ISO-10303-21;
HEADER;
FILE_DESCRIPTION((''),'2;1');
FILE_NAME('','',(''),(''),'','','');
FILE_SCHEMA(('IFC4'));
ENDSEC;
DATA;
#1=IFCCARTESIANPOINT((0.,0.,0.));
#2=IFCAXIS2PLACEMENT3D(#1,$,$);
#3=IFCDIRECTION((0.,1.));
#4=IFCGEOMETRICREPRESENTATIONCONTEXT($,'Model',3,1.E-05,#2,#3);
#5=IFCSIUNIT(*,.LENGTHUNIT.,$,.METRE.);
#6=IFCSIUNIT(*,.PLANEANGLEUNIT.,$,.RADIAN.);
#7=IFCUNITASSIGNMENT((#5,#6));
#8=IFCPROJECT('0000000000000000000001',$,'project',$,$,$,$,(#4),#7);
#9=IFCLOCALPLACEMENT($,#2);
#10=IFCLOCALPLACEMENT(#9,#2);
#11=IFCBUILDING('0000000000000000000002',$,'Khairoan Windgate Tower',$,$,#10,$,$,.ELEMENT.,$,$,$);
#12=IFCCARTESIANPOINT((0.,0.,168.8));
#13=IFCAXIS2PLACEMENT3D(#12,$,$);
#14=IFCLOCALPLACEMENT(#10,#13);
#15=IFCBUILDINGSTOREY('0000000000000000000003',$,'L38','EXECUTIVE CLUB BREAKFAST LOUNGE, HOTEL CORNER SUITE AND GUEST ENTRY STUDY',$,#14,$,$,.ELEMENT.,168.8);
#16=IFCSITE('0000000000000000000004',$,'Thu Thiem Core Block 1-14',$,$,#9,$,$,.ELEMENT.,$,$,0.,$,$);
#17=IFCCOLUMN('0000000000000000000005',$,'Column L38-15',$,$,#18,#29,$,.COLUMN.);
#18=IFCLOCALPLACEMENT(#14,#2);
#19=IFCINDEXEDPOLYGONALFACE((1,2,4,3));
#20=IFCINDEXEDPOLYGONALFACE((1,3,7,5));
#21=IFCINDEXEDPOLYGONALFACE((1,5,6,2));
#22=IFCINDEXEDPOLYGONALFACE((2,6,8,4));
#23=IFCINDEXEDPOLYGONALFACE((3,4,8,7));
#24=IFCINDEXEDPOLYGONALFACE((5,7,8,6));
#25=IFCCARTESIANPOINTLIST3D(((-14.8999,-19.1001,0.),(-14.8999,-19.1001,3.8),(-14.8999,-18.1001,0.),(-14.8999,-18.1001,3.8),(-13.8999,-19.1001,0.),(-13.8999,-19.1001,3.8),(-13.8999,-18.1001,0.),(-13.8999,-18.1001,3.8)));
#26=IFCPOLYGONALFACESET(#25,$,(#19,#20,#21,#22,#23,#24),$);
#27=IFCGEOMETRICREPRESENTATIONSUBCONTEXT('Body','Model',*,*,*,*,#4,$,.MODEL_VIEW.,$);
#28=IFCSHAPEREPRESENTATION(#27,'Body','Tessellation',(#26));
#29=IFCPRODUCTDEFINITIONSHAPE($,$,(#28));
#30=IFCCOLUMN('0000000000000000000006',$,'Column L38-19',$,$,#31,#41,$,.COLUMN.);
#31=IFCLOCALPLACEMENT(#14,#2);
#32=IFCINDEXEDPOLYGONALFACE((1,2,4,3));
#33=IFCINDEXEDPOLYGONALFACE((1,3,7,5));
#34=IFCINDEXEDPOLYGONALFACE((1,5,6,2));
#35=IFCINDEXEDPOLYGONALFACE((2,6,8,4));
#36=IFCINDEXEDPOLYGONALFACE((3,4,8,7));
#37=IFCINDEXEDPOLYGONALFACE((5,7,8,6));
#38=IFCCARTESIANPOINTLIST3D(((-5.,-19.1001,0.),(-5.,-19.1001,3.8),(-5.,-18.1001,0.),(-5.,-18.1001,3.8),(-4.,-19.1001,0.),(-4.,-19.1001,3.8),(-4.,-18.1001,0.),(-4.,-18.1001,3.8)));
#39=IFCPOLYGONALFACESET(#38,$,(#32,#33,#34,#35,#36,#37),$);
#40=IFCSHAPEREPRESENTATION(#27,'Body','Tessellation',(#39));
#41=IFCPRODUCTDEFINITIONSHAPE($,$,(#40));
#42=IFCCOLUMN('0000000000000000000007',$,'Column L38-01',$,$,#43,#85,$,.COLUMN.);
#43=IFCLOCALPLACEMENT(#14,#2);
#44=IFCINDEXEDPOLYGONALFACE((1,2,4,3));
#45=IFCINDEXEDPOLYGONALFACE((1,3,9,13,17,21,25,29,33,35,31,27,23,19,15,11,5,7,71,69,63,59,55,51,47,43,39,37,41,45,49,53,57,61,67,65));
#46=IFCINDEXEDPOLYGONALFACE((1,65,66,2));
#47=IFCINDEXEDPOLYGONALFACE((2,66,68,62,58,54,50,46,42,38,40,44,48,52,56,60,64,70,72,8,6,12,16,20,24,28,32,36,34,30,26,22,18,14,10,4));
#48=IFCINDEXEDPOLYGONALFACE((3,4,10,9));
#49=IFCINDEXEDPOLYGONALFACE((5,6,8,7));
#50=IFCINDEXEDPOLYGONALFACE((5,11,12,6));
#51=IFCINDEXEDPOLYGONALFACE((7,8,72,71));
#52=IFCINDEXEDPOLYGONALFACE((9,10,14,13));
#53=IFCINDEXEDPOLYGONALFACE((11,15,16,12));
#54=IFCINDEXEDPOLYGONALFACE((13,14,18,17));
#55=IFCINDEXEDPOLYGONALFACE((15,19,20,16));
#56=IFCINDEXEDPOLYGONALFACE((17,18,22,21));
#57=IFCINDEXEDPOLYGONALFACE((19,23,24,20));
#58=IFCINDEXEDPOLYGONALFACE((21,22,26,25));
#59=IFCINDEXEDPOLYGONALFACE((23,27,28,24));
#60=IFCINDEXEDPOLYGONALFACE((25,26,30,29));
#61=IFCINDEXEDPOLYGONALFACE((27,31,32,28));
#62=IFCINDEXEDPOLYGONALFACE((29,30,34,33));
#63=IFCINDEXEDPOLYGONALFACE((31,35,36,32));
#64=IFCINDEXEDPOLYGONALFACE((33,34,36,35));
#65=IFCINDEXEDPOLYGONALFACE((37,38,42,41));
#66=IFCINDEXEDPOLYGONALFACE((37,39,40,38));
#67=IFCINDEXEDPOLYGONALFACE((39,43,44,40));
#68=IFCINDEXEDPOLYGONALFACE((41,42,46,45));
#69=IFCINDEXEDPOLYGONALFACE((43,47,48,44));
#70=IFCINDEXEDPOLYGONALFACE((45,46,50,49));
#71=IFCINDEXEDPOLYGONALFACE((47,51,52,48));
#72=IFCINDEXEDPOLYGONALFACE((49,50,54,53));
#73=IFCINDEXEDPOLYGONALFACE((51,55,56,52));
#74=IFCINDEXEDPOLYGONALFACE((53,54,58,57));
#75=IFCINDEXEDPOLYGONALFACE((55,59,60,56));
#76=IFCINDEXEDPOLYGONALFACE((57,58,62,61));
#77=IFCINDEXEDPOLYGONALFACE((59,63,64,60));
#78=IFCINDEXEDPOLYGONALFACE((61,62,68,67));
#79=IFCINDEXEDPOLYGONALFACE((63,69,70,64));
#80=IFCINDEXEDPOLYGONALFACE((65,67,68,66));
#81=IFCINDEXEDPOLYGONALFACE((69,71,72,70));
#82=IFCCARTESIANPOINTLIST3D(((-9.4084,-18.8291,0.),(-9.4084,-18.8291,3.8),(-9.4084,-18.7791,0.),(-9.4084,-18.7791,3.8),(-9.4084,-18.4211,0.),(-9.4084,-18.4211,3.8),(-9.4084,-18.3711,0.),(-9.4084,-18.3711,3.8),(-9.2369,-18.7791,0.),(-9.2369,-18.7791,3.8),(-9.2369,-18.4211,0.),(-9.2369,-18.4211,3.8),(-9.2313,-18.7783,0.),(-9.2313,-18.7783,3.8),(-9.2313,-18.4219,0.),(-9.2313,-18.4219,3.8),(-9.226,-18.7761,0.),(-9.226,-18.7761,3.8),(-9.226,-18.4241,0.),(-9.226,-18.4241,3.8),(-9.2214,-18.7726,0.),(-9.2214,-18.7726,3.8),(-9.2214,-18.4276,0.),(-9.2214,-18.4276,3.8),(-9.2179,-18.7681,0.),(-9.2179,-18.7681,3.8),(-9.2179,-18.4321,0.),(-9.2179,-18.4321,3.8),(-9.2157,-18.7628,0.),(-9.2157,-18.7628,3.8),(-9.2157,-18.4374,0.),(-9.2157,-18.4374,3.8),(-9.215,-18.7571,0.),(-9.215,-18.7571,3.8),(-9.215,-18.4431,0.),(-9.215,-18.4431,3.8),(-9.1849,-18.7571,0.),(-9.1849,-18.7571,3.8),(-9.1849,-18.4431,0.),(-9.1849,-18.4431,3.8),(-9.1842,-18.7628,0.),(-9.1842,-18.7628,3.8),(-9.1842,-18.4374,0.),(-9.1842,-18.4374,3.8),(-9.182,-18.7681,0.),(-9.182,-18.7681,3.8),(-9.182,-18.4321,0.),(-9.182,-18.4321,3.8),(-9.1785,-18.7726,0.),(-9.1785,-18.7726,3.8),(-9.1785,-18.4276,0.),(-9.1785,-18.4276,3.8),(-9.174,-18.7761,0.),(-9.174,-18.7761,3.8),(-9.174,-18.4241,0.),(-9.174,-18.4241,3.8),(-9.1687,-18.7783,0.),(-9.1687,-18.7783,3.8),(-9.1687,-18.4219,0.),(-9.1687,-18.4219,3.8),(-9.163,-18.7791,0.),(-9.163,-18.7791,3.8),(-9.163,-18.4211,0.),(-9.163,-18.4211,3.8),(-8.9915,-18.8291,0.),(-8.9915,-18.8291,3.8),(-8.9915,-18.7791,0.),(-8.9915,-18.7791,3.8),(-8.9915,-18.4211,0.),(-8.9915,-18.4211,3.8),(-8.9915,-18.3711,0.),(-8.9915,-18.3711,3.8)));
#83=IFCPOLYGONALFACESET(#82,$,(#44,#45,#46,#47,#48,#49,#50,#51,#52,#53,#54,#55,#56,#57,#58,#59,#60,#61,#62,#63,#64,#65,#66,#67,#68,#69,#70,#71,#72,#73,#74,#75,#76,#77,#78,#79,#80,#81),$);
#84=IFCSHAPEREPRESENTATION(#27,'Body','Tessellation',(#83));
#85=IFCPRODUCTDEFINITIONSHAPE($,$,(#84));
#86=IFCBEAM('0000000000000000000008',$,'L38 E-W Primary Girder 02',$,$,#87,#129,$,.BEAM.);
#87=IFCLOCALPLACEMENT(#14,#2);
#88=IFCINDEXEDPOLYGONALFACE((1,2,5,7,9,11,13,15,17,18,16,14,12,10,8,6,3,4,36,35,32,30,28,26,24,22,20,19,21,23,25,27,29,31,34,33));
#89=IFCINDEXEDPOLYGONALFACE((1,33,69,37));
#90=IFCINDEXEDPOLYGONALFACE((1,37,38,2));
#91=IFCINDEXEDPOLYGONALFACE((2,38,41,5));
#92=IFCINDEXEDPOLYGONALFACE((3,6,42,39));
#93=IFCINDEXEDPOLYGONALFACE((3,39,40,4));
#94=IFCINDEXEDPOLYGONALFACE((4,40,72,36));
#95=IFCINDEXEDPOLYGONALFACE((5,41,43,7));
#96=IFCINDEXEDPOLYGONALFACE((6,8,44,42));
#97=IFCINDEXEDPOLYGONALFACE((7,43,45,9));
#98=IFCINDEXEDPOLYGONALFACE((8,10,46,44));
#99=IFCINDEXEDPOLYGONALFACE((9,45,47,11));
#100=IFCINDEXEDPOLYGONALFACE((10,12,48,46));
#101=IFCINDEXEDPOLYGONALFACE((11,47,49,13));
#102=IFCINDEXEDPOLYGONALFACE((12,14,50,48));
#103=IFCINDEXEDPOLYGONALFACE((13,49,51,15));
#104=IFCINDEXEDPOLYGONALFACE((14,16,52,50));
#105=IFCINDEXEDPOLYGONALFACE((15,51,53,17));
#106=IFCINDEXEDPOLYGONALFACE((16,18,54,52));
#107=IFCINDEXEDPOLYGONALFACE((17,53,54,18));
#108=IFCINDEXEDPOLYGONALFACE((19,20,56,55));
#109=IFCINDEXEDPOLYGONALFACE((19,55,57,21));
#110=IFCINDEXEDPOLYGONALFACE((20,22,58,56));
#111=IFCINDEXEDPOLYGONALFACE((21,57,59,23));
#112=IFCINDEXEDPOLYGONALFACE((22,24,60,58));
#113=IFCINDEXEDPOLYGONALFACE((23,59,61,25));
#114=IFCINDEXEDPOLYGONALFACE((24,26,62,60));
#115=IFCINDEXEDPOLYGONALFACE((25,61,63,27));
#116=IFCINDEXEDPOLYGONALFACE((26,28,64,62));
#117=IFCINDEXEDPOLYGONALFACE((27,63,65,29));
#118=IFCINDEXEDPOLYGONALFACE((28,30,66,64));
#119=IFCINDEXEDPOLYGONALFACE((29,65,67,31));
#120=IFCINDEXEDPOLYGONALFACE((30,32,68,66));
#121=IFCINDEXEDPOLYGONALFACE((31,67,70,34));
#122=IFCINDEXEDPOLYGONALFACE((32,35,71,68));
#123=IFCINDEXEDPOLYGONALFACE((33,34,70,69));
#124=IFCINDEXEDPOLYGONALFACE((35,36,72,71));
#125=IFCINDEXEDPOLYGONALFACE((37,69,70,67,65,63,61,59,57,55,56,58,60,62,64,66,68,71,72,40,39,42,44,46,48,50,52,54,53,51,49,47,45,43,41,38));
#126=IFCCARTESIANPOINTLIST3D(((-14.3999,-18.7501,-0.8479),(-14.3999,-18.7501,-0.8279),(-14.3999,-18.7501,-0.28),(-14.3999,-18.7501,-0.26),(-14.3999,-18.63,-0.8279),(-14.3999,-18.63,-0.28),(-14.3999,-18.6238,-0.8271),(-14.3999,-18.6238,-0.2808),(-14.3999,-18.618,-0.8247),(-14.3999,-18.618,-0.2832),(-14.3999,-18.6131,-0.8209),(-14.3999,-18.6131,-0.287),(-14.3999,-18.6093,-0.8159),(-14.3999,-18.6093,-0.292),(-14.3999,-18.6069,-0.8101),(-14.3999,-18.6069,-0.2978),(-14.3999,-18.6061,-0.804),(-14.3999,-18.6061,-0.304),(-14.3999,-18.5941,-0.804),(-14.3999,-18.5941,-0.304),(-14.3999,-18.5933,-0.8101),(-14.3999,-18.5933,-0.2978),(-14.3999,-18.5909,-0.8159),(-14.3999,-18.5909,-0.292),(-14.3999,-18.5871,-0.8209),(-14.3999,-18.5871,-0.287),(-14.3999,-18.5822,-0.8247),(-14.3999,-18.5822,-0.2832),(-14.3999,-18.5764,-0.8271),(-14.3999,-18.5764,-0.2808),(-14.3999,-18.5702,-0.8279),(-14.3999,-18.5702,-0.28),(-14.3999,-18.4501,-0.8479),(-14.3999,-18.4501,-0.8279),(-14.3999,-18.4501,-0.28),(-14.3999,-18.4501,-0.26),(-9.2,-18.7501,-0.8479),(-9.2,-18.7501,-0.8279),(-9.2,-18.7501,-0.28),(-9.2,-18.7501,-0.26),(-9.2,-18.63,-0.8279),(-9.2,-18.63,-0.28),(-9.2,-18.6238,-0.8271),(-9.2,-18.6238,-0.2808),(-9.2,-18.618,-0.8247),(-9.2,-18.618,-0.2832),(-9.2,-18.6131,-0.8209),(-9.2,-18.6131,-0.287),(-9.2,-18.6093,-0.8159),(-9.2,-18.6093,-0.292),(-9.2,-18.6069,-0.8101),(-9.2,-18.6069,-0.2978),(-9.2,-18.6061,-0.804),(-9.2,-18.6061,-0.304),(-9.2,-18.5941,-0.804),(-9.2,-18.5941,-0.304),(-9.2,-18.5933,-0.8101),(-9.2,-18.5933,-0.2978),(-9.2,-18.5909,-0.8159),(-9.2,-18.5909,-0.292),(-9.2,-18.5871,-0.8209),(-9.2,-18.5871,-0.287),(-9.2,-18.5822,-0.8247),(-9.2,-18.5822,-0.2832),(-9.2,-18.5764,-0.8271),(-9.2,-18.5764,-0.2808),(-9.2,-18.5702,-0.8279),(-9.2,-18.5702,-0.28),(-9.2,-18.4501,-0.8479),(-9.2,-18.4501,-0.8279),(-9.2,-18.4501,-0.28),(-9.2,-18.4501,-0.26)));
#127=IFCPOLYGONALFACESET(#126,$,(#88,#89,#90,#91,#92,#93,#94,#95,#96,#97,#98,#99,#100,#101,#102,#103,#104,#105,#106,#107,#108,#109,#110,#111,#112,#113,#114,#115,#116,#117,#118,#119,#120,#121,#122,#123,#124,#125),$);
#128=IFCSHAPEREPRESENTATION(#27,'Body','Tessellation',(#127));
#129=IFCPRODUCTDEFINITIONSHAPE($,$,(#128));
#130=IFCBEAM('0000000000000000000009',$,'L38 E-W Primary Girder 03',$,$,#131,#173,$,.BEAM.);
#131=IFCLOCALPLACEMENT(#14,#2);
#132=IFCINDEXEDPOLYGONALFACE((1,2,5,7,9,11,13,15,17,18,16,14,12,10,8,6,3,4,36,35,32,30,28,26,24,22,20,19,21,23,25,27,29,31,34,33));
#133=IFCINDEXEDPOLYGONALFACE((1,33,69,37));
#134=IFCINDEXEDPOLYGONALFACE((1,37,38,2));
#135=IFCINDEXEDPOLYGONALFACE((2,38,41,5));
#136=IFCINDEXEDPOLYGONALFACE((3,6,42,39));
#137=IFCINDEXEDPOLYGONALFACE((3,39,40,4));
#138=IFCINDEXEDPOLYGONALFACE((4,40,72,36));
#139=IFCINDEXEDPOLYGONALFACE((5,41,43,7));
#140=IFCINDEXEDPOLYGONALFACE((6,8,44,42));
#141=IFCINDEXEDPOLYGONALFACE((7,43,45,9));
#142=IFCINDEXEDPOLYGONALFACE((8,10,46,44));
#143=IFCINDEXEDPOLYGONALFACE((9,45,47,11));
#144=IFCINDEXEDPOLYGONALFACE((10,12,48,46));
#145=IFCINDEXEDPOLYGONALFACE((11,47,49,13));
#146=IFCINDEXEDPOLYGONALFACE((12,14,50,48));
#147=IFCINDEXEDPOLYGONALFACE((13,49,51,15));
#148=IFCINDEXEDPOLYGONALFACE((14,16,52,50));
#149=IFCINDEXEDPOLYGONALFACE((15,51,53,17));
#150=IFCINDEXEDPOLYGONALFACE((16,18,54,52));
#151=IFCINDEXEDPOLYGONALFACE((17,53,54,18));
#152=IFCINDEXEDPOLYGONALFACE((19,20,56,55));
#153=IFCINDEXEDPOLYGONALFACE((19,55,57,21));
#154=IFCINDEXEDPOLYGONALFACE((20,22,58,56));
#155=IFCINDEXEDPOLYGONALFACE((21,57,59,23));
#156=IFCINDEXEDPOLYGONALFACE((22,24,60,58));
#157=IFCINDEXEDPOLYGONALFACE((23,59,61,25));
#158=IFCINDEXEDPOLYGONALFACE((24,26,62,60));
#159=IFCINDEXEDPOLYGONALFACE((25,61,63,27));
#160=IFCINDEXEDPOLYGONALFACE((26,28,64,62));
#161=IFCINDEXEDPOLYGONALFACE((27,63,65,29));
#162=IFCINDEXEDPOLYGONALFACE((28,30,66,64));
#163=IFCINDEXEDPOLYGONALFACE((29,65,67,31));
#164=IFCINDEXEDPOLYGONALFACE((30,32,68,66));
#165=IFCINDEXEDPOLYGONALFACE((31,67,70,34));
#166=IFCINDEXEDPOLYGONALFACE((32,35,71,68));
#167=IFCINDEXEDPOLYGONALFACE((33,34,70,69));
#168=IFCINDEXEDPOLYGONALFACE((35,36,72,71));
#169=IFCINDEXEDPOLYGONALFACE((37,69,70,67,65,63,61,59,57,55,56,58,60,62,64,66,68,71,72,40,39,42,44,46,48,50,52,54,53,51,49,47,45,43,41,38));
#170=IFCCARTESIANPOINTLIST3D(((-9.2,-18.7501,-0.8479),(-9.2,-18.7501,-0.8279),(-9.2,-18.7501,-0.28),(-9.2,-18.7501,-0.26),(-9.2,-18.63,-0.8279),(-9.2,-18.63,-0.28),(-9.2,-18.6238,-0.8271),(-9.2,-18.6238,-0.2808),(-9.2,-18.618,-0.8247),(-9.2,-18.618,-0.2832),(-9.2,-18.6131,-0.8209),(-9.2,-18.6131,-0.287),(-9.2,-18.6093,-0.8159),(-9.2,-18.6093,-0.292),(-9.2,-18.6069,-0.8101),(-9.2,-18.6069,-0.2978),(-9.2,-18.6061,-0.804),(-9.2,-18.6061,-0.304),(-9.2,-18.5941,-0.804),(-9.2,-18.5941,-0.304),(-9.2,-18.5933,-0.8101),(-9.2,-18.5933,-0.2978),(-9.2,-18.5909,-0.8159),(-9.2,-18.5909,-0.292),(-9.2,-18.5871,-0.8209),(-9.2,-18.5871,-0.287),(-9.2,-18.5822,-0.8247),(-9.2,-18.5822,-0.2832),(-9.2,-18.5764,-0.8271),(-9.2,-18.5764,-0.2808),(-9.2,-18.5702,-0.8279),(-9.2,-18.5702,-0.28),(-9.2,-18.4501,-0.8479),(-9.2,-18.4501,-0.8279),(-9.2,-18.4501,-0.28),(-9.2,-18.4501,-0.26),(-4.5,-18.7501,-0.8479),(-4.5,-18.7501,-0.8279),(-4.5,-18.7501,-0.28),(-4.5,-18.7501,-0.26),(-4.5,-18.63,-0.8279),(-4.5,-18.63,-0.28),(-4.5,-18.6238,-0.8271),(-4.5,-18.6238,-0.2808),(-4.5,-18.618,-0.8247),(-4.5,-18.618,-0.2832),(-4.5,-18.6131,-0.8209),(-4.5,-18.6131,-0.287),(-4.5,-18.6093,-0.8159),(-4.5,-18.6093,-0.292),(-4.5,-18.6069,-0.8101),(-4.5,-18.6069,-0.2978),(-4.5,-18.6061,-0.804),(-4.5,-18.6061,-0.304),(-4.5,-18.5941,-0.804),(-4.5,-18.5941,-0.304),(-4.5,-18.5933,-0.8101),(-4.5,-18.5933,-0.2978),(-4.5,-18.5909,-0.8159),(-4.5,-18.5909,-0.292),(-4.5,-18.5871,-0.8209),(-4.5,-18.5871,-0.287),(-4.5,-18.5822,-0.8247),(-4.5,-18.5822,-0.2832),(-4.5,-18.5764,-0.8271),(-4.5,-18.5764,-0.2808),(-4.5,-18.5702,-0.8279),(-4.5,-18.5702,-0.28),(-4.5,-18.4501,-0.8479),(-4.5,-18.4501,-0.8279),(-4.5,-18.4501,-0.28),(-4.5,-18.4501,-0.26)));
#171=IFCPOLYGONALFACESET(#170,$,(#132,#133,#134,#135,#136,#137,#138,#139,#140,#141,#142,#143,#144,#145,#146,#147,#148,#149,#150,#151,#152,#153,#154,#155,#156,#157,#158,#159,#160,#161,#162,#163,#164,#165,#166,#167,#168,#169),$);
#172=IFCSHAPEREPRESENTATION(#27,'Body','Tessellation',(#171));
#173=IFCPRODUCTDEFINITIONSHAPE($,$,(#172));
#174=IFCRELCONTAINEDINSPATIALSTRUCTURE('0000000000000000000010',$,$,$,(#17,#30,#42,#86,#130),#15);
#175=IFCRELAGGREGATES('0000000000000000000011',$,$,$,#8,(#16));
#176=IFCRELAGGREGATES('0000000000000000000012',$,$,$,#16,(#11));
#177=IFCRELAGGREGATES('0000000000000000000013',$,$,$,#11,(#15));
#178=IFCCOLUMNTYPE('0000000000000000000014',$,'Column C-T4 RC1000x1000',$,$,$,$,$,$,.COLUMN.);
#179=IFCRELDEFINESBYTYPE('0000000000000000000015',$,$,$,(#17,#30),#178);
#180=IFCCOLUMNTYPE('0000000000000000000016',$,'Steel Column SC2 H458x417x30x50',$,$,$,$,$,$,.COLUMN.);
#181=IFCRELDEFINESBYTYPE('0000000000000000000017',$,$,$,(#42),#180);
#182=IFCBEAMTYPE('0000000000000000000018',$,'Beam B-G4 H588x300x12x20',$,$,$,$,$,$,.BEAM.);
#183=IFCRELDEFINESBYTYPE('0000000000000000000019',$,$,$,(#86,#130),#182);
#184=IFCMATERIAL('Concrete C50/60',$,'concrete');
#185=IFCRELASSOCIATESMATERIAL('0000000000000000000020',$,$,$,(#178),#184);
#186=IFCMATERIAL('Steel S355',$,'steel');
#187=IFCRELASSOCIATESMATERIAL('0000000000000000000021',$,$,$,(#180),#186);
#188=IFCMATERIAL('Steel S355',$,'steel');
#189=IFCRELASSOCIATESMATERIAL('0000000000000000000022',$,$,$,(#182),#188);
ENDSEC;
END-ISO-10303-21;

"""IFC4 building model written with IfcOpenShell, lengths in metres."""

from ifc_helpers import new_model, si_unit, direction, frame, origin, origin_2d, place, context, subcontext, project, spatial, rectangle, i_section, extrude, material, material_profile, profile_set, type_object, element, save


model = new_model("IFC4")

# Units and contexts
model_context = context("Model", 3, precision=1e-05, world=origin(), true_north=direction((0.0, 1.0)))
body_context = subcontext(model_context, "Body", "Model", "MODEL_VIEW")
ifc_project = project(units=[si_unit("LENGTHUNIT", "METRE"), si_unit("PLANEANGLEUNIT", "RADIAN")], contexts=[model_context])

# Site, building, storey
site_placement = place(None, origin())
site = spatial("IfcSite", under=ifc_project, at=site_placement, Name="Thu Thiem Core Block 1-14", CompositionType="ELEMENT", RefElevation=0.0)
building_placement = place(site_placement, origin())
building = spatial("IfcBuilding", under=site, at=building_placement, Name="Khairoan Windgate Tower", CompositionType="ELEMENT")
storey_placement = place(building_placement, frame((0.0, 0.0, 168.8)))
storey = spatial("IfcBuildingStorey", under=building, at=storey_placement, Name="L38", Description="EXECUTIVE CLUB BREAKFAST LOUNGE, HOTEL CORNER SUITE AND GUEST ENTRY STUDY", CompositionType="ELEMENT", Elevation=168.8)

# Columns
ifc_material_1 = material(Name="Concrete C50/60", Category="concrete")
ifc_material_profile_1 = material_profile(ifc_material_1, rectangle(XDim=1.0, YDim=1.0, at=origin_2d()))
ifc_profile_set_1 = profile_set([ifc_material_profile_1], Name="Concrete C50/60")
column_type_1 = type_object("IfcColumnType", Name="Column C-T4 RC1000x1000", PredefinedType="COLUMN", material=ifc_profile_set_1)
for number, where, z_axis, x_axis, name in (
    (1, (-14.3999, -18.6001, 0.0), (0.0, 0.0, 1.0), (1.0, 0.0, 0.0), "Column L38-15"),
    (2, (-4.5, -18.6001, 0.0), (0.0, 0.0, 1.0), (1.0, 0.0, 0.0), "Column L38-19"),
):
    element("IfcColumn", number, at=place(storey_placement, frame(where, z_axis=z_axis, x_axis=x_axis)), inside=storey, type_object=column_type_1, Name=name, PredefinedType="COLUMN", context=body_context, shape_type="SweptSolid", body=[
        extrude(rectangle(XDim=1.0, YDim=1.0, at=origin_2d()), origin(), (0.0, 0.0, 1.0), 3.8),
    ])
ifc_material_2 = material(Name="Steel S355", Category="steel")
ifc_material_profile_2 = material_profile(ifc_material_2, i_section(OverallWidth=0.417, OverallDepth=0.458, WebThickness=0.03, FlangeThickness=0.05, FilletRadius=0.022, at=origin_2d()))
ifc_profile_set_2 = profile_set([ifc_material_profile_2], Name="Steel S355")
column_type_2 = type_object("IfcColumnType", Name="Steel Column SC2 H458x417x30x50", PredefinedType="COLUMN", material=ifc_profile_set_2)
column_placement = place(storey_placement, frame((-9.2, -18.6001, 0.0), z_axis=(0.0, 0.0, 1.0), x_axis=(1.0, 0.0, 0.0)))
element("IfcColumn", 3, at=column_placement, inside=storey, type_object=column_type_2, Name="Column L38-01", PredefinedType="COLUMN", context=body_context, shape_type="SweptSolid", body=[
    extrude(i_section(OverallWidth=0.417, OverallDepth=0.458, WebThickness=0.03, FlangeThickness=0.05, FilletRadius=0.022, at=origin_2d()), origin(), (0.0, 0.0, 1.0), 3.8),
])

# Beams
ifc_material_3 = material(Name="Steel S355", Category="steel")
ifc_material_profile_3 = material_profile(ifc_material_3, i_section(OverallWidth=0.3, OverallDepth=0.5879, WebThickness=0.012, FlangeThickness=0.02, FilletRadius=0.0239, at=origin_2d()))
ifc_profile_set_3 = profile_set([ifc_material_profile_3], Name="Steel S355")
beam_type_1 = type_object("IfcBeamType", Name="Beam B-G4 H588x300x12x20", PredefinedType="BEAM", material=ifc_profile_set_3)
beam_1_placement = place(storey_placement, frame((-14.3999, -18.6001, -0.554), z_axis=(1.0, 0.0, 0.0), x_axis=(0.0, 1.0, 0.0)))
element("IfcBeam", 4, at=beam_1_placement, inside=storey, type_object=beam_type_1, Name="L38 E-W Primary Girder 02", PredefinedType="BEAM", context=body_context, shape_type="SweptSolid", body=[
    extrude(i_section(OverallWidth=0.3, OverallDepth=0.5879, WebThickness=0.012, FlangeThickness=0.02, FilletRadius=0.0239, at=origin_2d()), origin(), (0.0, 0.0, 1.0), 5.2),
])
beam_2_placement = place(storey_placement, frame((-9.2, -18.6001, -0.554), z_axis=(1.0, 0.0, 0.0), x_axis=(0.0, 1.0, 0.0)))
element("IfcBeam", 5, at=beam_2_placement, inside=storey, type_object=beam_type_1, Name="L38 E-W Primary Girder 03", PredefinedType="BEAM", context=body_context, shape_type="SweptSolid", body=[
    extrude(i_section(OverallWidth=0.3, OverallDepth=0.5879, WebThickness=0.012, FlangeThickness=0.02, FilletRadius=0.0239, at=origin_2d()), origin(), (0.0, 0.0, 1.0), 4.7),
])

save(model, "model.ifc")
